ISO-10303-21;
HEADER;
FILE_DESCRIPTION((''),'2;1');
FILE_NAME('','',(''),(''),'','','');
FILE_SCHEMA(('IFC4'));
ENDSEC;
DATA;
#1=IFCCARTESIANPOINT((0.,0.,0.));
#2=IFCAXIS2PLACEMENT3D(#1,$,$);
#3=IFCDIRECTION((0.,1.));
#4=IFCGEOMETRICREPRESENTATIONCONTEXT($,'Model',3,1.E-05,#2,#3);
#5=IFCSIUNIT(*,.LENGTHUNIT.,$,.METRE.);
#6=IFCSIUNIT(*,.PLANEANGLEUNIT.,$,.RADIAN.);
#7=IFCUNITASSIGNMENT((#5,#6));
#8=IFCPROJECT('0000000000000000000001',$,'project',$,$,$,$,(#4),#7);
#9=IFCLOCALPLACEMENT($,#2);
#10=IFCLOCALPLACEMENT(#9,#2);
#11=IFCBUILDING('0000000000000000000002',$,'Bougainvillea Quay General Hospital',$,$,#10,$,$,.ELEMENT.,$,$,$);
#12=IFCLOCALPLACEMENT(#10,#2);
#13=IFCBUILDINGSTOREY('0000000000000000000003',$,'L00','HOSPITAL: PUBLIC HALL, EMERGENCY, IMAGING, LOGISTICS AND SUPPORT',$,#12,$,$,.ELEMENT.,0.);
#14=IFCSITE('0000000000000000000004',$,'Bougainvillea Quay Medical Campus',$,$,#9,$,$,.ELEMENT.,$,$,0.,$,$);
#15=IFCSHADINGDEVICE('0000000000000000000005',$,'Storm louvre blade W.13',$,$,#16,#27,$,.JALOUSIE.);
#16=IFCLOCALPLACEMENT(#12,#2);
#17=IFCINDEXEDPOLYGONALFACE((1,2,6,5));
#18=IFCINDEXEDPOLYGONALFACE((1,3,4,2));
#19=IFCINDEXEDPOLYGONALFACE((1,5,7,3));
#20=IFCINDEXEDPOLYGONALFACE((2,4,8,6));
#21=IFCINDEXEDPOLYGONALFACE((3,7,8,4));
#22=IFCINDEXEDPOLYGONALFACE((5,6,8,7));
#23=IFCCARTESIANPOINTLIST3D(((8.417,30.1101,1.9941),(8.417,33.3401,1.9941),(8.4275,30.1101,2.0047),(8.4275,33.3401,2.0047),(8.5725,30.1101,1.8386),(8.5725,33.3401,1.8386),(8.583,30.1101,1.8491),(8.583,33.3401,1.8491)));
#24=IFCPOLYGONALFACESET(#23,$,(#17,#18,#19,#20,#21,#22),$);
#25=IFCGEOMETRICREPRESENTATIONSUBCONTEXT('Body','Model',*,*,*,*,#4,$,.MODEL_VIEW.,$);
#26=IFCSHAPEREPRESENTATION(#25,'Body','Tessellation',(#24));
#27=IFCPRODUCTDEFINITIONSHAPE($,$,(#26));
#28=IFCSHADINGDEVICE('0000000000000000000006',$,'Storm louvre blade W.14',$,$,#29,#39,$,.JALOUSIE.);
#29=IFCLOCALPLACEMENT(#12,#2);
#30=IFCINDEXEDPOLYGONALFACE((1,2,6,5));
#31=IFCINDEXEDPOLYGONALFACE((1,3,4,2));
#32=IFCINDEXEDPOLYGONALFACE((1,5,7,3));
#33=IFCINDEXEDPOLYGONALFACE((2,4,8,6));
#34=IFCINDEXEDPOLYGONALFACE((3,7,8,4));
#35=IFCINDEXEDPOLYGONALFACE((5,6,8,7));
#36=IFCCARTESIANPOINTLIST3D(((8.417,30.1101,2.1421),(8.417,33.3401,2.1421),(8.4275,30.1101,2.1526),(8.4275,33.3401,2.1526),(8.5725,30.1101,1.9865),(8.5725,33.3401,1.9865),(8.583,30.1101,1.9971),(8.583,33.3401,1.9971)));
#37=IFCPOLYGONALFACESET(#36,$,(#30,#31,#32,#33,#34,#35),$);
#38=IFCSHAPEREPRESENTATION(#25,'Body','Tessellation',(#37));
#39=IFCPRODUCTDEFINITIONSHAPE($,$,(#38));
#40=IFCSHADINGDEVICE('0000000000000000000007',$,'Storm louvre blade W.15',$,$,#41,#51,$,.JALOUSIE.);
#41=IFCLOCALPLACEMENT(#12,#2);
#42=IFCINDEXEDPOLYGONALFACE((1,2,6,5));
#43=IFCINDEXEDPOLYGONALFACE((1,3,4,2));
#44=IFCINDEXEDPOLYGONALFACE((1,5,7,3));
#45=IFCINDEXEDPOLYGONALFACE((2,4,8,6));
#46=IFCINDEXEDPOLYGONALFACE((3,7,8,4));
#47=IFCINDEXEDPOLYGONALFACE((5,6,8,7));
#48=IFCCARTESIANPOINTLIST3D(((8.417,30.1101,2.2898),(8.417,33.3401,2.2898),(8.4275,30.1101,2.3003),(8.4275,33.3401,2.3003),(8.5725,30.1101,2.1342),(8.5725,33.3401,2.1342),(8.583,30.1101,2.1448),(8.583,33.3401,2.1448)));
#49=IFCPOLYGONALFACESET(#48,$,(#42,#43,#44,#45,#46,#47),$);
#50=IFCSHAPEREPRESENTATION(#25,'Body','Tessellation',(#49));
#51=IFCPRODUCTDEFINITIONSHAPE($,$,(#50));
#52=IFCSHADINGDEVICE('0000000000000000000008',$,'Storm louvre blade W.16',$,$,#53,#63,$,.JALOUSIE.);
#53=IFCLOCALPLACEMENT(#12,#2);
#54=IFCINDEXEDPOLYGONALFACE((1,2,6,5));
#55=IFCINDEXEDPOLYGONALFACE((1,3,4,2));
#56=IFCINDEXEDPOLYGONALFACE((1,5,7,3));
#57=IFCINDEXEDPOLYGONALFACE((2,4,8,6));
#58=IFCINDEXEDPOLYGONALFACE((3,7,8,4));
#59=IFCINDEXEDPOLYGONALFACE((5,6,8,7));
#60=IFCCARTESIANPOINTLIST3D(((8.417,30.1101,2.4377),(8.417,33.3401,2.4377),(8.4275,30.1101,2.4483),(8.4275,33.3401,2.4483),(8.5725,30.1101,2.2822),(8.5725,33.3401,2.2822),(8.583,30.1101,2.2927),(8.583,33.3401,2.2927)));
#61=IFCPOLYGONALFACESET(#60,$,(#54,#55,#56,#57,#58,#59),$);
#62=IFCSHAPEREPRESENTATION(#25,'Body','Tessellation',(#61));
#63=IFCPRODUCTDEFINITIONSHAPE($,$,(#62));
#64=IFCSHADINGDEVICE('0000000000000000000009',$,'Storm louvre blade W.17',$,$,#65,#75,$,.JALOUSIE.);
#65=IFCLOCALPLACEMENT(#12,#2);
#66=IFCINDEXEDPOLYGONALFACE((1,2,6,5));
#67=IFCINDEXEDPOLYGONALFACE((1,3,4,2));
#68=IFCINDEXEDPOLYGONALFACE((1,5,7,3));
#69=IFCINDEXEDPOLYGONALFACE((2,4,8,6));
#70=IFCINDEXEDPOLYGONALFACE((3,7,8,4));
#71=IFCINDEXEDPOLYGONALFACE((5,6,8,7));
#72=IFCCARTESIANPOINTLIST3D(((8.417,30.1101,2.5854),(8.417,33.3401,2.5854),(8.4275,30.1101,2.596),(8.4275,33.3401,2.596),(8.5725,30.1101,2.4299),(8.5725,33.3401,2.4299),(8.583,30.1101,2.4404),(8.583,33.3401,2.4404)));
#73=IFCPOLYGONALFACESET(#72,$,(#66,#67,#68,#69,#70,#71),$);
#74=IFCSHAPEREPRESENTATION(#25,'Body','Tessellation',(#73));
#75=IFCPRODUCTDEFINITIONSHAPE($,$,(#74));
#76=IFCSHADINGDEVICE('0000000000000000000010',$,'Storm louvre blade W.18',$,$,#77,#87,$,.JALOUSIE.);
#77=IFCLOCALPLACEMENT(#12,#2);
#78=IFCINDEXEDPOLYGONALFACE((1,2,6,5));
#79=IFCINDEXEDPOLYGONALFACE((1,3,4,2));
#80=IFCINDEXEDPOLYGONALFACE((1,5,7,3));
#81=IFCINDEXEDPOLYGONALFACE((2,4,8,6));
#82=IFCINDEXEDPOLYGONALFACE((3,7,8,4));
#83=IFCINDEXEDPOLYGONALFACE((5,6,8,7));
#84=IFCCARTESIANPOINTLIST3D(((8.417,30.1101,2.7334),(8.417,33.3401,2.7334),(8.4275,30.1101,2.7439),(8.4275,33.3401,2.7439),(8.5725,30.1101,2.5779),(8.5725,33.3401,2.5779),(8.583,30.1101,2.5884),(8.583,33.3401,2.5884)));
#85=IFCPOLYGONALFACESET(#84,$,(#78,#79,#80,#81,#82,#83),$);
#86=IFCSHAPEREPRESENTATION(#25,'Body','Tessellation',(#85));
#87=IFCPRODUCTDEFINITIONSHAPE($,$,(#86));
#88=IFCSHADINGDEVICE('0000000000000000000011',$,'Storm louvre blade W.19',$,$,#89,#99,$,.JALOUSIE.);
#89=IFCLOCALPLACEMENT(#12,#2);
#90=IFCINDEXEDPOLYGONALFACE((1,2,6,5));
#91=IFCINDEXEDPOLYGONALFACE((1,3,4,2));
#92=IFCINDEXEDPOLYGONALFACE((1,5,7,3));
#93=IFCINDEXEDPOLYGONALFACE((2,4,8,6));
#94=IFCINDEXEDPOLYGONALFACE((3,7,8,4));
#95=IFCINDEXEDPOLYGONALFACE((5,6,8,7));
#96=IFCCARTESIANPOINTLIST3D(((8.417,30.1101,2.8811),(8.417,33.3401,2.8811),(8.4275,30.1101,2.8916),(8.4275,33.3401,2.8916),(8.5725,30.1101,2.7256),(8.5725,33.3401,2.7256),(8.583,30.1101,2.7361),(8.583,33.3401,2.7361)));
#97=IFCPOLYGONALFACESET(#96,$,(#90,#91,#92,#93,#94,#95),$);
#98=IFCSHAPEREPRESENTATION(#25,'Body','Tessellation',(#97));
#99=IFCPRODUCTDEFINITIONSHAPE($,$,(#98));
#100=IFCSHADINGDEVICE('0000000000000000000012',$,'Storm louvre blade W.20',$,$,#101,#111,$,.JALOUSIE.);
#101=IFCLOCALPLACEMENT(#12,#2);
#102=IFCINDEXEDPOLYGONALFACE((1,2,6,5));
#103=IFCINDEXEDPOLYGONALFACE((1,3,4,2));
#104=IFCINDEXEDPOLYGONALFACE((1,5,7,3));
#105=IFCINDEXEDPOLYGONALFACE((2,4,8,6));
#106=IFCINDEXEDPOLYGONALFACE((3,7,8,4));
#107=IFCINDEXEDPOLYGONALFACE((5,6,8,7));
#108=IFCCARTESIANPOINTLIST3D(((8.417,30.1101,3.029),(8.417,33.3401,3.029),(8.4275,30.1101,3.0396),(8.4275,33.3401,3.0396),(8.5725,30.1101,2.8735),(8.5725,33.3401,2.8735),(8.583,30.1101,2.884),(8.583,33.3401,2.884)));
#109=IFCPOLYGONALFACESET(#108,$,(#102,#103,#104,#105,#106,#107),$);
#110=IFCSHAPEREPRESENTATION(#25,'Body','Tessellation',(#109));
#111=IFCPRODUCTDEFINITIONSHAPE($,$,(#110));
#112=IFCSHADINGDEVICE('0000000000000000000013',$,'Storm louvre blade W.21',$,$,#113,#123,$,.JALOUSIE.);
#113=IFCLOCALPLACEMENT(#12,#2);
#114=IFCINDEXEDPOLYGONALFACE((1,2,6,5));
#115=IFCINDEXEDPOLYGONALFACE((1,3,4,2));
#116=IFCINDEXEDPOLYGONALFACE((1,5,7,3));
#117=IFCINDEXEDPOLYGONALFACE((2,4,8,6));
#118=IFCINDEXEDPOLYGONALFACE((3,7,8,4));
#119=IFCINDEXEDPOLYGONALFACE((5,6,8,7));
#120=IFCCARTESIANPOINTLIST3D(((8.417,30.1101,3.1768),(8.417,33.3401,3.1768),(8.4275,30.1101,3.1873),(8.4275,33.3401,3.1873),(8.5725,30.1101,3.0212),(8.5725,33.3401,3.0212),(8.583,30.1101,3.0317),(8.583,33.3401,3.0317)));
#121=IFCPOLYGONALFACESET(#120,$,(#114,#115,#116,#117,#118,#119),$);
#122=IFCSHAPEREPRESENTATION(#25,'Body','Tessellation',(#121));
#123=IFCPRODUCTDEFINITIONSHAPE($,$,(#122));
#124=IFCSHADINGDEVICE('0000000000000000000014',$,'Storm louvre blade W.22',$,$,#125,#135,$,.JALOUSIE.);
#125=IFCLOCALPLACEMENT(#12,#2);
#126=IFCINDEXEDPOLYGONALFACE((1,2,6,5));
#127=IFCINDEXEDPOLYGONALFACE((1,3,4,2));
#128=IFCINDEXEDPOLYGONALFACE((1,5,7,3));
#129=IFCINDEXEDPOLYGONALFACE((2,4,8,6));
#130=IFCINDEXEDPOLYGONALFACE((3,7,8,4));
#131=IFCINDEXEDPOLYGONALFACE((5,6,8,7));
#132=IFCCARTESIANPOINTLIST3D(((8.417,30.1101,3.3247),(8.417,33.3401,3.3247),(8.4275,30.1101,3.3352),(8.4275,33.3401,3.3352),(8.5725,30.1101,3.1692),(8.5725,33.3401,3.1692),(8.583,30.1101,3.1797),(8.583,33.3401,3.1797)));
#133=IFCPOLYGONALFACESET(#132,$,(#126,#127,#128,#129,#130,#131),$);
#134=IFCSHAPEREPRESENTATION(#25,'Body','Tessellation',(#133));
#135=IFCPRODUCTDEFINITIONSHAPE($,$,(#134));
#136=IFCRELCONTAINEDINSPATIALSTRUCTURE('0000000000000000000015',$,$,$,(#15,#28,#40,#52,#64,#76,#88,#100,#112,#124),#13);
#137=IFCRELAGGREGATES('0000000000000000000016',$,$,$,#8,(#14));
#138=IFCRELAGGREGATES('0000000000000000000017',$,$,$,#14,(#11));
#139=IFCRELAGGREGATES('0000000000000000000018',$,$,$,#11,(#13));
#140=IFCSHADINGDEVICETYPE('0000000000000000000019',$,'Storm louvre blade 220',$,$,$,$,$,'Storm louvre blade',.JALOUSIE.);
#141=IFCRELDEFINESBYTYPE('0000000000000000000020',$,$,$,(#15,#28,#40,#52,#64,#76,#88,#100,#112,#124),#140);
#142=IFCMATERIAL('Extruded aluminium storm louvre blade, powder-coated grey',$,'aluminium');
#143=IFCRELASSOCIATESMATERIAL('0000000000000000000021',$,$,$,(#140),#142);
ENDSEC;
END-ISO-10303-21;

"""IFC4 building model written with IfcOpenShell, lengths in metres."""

from ifc_helpers import new_model, si_unit, direction, frame, origin, origin_2d, place, context, subcontext, project, spatial, rectangle, extrude, material, material_profile, profile_set, type_object, element, save


model = new_model("IFC4")

# Units and contexts
model_context = context("Model", 3, precision=1e-05, world=origin(), true_north=direction((0.0, 1.0)))
body_context = subcontext(model_context, "Body", "Model", "MODEL_VIEW")
ifc_project = project(units=[si_unit("LENGTHUNIT", "METRE"), si_unit("PLANEANGLEUNIT", "RADIAN")], contexts=[model_context])

# Site, building, storey
site_placement = place(None, origin())
site = spatial("IfcSite", under=ifc_project, at=site_placement, Name="Bougainvillea Quay Medical Campus", CompositionType="ELEMENT", RefElevation=0.0)
building_placement = place(site_placement, origin())
building = spatial("IfcBuilding", under=site, at=building_placement, Name="Bougainvillea Quay General Hospital", CompositionType="ELEMENT")
storey_placement = place(building_placement, origin())
storey = spatial("IfcBuildingStorey", under=building, at=storey_placement, Name="L00", Description="HOSPITAL: PUBLIC HALL, EMERGENCY, IMAGING, LOGISTICS AND SUPPORT", CompositionType="ELEMENT", Elevation=0.0)

# Shading devices
ifc_material_1 = material(Name="Extruded aluminium storm louvre blade, powder-coated grey", Category="aluminium")
ifc_material_profile_1 = material_profile(ifc_material_1, rectangle(XDim=0.22, YDim=0.0149, at=origin_2d()))
ifc_profile_set_1 = profile_set([ifc_material_profile_1], Name="Extruded aluminium storm louvre blade, powder-coated grey")
shading_device_type_1 = type_object("IfcShadingDeviceType", Name="Storm louvre blade 220", ElementType="Storm louvre blade", PredefinedType="JALOUSIE", material=ifc_profile_set_1)
for number, where, z_axis, x_axis, name in (
    (1, (8.5, 30.1101, 1.9216), (0.0, 1.0, 0.0), (-0.707107, 0.0, 0.707107), "Storm louvre blade W.13"),
    (2, (8.5, 30.1101, 2.0696), (0.0, 1.0, 0.0), (-0.707107, 0.0, 0.707107), "Storm louvre blade W.14"),
    (3, (8.5, 30.1101, 2.2173), (0.0, 1.0, 0.0), (-0.707107, 0.0, 0.707107), "Storm louvre blade W.15"),
    (4, (8.5, 30.1101, 2.3652), (0.0, 1.0, 0.0), (-0.707107, 0.0, 0.707107), "Storm louvre blade W.16"),
    (5, (8.5, 30.1101, 2.5129), (0.0, 1.0, 0.0), (-0.707107, 0.0, 0.707107), "Storm louvre blade W.17"),
    (6, (8.5, 30.1101, 2.6609), (0.0, 1.0, 0.0), (-0.707107, 0.0, 0.707107), "Storm louvre blade W.18"),
    (7, (8.5, 30.1101, 2.8086), (0.0, 1.0, 0.0), (-0.707107, 0.0, 0.707107), "Storm louvre blade W.19"),
    (8, (8.5, 30.1101, 2.9565), (0.0, 1.0, 0.0), (-0.707107, 0.0, 0.707107), "Storm louvre blade W.20"),
    (9, (8.5, 30.1101, 3.1042), (0.0, 1.0, 0.0), (-0.707107, 0.0, 0.707107), "Storm louvre blade W.21"),
    (10, (8.5, 30.1101, 3.2522), (0.0, 1.0, 0.0), (-0.707107, 0.0, 0.707107), "Storm louvre blade W.22"),
):
    element("IfcShadingDevice", number, at=place(storey_placement, frame(where, z_axis=z_axis, x_axis=x_axis)), inside=storey, type_object=shading_device_type_1, Name=name, PredefinedType="JALOUSIE", context=body_context, shape_type="SweptSolid", body=[
        extrude(rectangle(XDim=0.22, YDim=0.0149, at=origin_2d()), origin(), (0.0, 0.0, 1.0), 3.23),
    ])

save(model, "model.ifc")
